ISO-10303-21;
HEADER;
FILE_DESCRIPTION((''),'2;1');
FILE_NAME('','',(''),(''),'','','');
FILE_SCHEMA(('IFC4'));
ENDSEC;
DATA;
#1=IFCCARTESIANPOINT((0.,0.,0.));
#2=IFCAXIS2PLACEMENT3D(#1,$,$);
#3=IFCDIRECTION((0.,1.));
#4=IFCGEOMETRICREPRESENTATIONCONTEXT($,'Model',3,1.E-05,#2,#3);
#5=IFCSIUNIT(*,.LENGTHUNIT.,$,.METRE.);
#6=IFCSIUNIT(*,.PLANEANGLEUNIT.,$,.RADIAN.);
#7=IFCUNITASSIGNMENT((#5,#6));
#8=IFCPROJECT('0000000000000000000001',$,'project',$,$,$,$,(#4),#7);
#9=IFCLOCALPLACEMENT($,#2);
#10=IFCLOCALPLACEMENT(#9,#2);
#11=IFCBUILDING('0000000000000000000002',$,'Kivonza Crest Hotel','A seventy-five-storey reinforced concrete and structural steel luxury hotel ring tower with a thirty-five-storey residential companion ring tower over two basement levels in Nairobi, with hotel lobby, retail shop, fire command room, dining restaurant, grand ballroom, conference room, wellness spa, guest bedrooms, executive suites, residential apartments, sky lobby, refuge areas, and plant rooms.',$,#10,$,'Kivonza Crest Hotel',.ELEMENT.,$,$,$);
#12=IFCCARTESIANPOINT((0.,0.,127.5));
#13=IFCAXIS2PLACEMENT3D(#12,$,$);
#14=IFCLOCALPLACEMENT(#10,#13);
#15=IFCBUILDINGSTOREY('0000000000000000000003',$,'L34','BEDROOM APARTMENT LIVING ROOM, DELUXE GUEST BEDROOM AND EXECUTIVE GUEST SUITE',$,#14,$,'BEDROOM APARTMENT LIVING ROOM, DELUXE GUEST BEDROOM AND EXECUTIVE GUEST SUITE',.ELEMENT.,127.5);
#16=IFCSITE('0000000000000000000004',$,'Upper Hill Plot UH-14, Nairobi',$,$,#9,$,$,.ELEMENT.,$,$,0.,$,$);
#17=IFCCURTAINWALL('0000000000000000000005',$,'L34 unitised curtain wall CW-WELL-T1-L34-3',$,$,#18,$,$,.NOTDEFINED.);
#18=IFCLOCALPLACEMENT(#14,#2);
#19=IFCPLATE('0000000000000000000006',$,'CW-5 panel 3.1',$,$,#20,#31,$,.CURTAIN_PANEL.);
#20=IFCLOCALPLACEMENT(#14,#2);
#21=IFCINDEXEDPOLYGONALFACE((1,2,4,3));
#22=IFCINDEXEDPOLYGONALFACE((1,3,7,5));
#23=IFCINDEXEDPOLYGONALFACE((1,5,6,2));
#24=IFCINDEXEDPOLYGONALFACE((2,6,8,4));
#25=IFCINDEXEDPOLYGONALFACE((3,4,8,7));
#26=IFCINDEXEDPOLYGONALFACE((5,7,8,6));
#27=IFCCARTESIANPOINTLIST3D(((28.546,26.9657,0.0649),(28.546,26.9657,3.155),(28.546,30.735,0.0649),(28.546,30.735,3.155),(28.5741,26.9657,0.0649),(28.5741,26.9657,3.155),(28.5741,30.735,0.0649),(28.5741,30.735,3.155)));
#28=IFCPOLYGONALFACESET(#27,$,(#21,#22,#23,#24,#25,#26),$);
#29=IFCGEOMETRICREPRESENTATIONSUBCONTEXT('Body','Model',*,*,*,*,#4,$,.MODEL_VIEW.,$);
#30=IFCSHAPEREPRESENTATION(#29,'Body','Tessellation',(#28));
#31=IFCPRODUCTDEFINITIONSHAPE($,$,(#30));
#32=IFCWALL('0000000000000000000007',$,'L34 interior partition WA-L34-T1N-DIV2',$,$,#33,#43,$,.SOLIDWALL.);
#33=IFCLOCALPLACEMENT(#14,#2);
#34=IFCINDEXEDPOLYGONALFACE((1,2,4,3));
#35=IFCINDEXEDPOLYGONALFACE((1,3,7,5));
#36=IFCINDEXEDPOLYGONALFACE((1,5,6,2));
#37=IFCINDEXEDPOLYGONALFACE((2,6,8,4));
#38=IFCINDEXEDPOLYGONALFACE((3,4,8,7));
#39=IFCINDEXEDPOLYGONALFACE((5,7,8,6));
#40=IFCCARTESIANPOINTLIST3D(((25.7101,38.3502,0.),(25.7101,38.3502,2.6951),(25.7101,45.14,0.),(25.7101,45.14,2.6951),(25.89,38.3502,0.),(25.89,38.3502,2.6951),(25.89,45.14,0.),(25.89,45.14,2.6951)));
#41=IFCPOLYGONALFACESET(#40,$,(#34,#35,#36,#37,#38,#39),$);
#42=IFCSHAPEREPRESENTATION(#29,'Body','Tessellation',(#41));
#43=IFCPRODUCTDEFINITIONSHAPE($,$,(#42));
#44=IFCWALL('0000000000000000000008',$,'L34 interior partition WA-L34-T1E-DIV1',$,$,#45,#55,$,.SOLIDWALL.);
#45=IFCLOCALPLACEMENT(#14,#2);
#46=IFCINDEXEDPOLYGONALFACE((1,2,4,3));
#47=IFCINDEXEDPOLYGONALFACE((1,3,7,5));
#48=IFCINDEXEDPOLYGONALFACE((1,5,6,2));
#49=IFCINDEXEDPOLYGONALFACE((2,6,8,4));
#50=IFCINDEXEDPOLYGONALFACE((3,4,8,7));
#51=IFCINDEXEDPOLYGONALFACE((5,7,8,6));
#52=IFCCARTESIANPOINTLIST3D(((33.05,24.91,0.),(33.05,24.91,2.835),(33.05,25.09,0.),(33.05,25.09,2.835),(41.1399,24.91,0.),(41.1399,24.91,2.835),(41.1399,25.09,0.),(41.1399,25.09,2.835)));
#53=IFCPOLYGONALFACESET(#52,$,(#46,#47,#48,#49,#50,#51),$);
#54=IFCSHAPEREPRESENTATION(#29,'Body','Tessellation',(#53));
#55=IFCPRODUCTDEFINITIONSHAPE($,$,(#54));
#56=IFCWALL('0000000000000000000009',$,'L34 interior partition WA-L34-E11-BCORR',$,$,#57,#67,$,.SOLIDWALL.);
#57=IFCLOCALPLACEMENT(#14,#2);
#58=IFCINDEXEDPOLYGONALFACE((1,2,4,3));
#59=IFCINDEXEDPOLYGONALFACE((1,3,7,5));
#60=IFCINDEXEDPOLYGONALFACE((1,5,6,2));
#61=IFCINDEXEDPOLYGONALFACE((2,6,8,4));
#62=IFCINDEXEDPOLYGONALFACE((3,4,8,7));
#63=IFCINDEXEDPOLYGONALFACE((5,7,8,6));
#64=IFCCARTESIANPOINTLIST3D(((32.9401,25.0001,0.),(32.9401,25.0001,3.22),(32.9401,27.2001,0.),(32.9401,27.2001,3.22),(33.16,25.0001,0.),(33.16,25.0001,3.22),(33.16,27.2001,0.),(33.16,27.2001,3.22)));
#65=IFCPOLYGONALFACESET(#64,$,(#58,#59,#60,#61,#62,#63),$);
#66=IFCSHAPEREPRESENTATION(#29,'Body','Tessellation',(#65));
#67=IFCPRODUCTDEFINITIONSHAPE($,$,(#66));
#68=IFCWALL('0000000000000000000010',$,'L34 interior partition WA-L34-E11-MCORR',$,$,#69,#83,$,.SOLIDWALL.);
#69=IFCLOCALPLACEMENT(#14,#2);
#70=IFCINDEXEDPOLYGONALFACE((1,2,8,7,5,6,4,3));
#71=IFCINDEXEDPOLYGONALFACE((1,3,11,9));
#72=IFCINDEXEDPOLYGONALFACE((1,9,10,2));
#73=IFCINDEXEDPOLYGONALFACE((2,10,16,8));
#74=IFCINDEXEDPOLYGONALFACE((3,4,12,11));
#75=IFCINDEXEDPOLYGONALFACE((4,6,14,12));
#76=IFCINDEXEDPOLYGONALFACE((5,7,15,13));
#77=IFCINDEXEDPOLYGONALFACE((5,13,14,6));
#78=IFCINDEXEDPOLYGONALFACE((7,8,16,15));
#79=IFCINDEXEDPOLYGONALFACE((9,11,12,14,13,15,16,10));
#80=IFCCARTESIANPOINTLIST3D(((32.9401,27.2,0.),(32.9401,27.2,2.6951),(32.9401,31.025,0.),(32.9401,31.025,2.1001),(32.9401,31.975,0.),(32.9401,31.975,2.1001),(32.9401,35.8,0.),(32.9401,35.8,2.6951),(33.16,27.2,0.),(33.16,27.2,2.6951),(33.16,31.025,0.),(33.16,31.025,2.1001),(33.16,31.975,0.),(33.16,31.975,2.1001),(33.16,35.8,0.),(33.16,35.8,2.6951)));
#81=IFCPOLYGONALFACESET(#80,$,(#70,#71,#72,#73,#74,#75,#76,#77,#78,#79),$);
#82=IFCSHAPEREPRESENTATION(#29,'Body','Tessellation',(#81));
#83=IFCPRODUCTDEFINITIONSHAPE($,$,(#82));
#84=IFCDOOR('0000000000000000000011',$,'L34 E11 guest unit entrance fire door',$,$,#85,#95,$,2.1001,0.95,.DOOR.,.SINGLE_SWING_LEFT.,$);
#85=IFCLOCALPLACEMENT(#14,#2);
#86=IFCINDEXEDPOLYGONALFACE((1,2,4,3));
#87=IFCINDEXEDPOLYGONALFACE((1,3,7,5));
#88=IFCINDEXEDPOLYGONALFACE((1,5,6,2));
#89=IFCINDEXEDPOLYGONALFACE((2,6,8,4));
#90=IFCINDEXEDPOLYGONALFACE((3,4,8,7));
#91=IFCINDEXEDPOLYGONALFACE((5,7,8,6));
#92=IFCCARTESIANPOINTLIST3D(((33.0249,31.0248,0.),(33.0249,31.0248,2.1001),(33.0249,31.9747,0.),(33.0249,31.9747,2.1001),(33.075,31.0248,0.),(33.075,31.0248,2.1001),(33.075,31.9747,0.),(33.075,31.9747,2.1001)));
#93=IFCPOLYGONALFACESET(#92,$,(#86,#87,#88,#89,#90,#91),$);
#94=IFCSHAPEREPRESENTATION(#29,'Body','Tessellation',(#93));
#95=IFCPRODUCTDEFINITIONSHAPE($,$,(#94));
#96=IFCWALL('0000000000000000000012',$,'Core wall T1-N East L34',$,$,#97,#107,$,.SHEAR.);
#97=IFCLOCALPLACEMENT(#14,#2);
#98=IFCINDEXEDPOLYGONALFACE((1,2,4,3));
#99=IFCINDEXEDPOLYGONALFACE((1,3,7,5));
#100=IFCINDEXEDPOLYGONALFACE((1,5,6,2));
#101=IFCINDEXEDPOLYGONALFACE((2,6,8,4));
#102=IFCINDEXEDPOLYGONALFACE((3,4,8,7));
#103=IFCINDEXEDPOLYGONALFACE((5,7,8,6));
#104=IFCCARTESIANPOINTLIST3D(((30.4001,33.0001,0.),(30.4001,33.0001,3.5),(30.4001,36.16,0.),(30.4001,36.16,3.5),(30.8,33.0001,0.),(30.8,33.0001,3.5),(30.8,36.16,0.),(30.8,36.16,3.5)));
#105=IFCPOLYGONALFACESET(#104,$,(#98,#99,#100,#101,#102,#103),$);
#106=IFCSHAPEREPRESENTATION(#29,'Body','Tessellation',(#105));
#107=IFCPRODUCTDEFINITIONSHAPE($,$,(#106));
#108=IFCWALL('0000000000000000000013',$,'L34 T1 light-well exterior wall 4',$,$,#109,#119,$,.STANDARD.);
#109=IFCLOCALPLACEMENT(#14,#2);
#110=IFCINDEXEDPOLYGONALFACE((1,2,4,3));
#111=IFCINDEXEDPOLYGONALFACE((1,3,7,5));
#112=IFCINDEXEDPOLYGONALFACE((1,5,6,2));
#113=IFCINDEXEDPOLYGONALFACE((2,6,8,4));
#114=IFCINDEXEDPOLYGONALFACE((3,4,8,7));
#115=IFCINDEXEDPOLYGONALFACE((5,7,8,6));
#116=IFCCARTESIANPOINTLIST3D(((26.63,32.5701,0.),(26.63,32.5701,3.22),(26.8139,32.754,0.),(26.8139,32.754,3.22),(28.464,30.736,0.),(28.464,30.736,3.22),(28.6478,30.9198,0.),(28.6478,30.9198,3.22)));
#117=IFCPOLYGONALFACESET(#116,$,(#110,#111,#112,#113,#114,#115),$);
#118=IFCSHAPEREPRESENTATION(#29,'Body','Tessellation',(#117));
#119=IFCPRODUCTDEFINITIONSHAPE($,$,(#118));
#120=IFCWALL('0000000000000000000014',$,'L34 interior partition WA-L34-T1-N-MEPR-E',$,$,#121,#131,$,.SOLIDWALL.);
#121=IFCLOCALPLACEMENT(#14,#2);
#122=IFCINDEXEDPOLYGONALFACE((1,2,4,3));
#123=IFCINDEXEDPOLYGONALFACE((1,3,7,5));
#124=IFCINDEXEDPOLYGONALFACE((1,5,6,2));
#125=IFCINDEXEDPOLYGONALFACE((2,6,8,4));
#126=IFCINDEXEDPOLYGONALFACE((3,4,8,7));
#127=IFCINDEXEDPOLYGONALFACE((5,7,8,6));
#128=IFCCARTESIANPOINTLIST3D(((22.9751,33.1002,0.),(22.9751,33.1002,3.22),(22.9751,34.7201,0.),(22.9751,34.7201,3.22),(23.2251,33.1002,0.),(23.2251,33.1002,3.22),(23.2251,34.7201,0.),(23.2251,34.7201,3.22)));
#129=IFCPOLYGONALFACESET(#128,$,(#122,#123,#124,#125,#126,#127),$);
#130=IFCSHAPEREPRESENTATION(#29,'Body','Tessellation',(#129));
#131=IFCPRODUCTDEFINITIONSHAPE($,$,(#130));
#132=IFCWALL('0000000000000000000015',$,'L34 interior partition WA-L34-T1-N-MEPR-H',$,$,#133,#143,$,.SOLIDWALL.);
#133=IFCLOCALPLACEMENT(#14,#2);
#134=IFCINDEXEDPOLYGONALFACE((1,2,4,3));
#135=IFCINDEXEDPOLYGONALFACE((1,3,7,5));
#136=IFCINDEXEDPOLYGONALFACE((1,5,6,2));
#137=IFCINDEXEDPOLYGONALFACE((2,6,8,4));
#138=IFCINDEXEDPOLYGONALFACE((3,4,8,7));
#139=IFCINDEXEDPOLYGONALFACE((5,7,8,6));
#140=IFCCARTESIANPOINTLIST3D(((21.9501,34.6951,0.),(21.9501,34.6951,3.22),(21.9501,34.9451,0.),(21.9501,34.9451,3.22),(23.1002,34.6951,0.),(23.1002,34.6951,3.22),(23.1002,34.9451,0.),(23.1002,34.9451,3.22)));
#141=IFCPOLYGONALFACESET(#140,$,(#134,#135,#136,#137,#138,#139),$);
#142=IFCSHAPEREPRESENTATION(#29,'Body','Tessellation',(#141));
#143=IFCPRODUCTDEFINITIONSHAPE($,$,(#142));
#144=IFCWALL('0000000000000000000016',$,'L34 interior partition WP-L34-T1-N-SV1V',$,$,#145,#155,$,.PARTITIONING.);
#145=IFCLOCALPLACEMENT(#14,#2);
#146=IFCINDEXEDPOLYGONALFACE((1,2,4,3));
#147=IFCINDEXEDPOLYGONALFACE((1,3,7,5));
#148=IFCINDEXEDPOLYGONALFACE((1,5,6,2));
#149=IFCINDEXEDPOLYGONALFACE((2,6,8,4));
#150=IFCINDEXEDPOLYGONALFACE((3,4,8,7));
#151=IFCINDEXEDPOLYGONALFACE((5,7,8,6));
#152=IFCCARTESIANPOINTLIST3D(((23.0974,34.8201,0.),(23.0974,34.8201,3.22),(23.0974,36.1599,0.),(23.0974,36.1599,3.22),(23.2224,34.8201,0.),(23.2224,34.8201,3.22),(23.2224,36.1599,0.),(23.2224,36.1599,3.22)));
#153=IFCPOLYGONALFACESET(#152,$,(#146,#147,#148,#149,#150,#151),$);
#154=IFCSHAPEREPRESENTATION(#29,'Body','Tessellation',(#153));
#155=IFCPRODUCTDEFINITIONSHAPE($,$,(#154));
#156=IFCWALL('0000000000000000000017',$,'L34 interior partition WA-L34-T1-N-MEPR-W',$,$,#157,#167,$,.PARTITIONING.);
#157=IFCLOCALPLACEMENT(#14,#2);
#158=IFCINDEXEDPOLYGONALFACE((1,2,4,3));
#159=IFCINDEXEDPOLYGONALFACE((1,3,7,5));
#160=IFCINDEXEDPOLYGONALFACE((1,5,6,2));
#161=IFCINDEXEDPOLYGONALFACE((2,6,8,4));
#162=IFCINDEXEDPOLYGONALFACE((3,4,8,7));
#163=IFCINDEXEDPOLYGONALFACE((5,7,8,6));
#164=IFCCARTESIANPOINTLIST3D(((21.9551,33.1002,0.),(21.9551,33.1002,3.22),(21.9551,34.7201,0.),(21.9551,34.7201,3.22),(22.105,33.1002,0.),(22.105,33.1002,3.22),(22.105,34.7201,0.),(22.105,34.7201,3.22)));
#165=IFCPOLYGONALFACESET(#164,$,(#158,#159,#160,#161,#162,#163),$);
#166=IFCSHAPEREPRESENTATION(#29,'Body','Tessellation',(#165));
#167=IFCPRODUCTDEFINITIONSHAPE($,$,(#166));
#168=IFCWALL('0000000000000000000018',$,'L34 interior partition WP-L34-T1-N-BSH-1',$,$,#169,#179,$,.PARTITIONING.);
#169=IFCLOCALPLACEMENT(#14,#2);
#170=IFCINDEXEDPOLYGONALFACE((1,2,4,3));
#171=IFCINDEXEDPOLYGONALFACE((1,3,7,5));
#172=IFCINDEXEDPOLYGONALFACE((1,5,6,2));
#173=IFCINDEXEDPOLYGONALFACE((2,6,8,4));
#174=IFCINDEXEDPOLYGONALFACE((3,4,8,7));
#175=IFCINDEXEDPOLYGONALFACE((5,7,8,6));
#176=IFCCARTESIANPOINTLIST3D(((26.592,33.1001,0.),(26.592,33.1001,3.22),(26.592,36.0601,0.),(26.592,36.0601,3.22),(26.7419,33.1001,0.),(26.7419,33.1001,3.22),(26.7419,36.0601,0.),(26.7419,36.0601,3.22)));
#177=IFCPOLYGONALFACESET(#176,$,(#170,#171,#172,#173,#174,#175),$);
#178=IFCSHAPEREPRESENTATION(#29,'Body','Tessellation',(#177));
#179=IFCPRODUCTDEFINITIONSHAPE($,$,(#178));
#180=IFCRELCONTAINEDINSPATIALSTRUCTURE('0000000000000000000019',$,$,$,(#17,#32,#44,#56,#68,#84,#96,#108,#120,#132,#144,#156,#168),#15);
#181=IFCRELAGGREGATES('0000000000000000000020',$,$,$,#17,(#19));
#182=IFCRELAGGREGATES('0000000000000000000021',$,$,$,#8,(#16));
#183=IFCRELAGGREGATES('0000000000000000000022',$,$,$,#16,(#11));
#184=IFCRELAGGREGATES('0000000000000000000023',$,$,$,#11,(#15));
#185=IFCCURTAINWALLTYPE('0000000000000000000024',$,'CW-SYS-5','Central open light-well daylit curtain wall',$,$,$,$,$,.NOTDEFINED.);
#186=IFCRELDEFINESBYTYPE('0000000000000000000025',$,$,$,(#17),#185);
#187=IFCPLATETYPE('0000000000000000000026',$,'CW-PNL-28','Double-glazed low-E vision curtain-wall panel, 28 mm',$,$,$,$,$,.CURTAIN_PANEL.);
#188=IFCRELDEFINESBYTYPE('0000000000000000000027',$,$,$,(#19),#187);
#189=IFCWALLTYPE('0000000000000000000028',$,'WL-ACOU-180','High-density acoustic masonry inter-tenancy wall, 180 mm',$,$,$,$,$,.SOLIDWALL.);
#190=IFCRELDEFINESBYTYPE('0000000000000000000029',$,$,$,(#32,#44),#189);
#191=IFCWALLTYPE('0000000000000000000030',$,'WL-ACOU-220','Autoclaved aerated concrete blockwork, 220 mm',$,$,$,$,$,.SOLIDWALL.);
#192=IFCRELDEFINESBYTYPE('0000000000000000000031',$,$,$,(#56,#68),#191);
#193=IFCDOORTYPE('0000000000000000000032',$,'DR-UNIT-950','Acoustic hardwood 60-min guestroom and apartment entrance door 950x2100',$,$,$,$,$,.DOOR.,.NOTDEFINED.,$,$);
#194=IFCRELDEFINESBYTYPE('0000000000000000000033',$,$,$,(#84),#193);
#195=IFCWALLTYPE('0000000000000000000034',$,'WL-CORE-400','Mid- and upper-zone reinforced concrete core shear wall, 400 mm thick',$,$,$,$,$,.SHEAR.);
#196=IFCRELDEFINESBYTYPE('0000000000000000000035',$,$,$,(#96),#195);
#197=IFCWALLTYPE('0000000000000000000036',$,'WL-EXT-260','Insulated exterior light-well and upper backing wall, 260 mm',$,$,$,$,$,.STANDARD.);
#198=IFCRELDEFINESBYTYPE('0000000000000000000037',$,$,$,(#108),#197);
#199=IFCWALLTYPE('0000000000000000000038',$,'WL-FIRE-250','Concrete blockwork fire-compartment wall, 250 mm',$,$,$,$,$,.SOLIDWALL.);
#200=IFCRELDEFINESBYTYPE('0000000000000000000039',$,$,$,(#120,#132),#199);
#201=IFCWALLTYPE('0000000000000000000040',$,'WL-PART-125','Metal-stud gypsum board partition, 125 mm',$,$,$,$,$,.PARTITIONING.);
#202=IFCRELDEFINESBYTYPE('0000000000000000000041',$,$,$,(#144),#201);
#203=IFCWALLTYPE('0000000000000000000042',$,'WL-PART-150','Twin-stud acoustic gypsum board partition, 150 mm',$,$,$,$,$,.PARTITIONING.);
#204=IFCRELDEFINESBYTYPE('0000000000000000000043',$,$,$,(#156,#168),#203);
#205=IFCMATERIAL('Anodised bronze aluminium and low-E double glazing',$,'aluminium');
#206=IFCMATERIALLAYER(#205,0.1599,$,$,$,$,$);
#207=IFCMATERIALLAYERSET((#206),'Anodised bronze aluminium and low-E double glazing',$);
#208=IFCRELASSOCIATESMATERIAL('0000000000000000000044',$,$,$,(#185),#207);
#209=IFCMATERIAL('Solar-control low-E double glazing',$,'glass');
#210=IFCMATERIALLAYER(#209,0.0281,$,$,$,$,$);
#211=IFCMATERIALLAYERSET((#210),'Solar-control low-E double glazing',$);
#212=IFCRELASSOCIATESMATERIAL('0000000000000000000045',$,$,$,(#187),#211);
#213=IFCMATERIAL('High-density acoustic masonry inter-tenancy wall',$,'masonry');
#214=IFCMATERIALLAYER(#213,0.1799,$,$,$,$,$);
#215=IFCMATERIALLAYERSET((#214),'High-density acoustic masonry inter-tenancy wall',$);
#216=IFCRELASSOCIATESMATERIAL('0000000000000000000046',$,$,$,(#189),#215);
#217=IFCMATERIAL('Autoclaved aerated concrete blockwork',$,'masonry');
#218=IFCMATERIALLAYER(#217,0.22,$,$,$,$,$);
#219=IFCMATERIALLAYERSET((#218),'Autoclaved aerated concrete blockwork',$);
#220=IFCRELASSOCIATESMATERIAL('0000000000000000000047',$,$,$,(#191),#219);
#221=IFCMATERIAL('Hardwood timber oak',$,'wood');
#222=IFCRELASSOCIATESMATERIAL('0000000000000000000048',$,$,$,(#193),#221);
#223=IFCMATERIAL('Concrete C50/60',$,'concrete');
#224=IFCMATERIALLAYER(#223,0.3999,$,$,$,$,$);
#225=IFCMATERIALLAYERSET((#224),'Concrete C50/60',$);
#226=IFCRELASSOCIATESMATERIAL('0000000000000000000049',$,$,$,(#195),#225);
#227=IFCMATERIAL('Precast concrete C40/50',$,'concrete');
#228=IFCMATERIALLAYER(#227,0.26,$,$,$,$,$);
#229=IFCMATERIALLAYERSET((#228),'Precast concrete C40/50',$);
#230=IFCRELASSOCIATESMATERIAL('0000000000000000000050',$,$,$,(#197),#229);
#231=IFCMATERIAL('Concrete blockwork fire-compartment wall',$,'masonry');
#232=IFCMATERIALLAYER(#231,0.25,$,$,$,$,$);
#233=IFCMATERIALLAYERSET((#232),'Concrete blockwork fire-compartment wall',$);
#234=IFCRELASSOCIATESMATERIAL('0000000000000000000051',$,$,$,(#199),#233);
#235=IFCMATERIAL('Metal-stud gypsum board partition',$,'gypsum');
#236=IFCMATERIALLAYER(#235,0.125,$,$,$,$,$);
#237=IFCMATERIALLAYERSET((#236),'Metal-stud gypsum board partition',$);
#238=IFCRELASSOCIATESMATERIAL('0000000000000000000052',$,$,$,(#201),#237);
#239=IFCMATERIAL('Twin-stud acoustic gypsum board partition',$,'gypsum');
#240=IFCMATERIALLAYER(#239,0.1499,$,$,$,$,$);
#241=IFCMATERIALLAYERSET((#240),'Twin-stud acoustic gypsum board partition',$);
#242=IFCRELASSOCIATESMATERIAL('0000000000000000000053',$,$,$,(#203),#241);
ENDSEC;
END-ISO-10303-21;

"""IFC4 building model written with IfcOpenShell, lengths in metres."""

from ifc_helpers import new_model, si_unit, direction, frame, frame_2d, origin, origin_2d, place, context, subcontext, project, spatial, rectangle, extrude, material, layer, layer_set, type_object, element, fill, aggregate, save


model = new_model("IFC4")

# Units and contexts
model_context = context("Model", 3, precision=1e-05, world=origin(), true_north=direction((0.0, 1.0)))
body_context = subcontext(model_context, "Body", "Model", "MODEL_VIEW")
ifc_project = project(units=[si_unit("LENGTHUNIT", "METRE"), si_unit("PLANEANGLEUNIT", "RADIAN")], contexts=[model_context])

# Site, building, storey
site_placement = place(None, origin())
site = spatial("IfcSite", under=ifc_project, at=site_placement, Name="Upper Hill Plot UH-14, Nairobi", CompositionType="ELEMENT", RefElevation=0.0)
building_placement = place(site_placement, origin())
building = spatial("IfcBuilding", under=site, at=building_placement, Name="Kivonza Crest Hotel", Description="A seventy-five-storey reinforced concrete and structural steel luxury hotel ring tower with a thirty-five-storey residential companion ring tower over two basement levels in Nairobi, with hotel lobby, retail shop, fire command room, dining restaurant, grand ballroom, conference room, wellness spa, guest bedrooms, executive suites, residential apartments, sky lobby, refuge areas, and plant rooms.", LongName="Kivonza Crest Hotel", CompositionType="ELEMENT")
storey_placement = place(building_placement, frame((0.0, 0.0, 127.5)))
storey = spatial("IfcBuildingStorey", under=building, at=storey_placement, Name="L34", Description="BEDROOM APARTMENT LIVING ROOM, DELUXE GUEST BEDROOM AND EXECUTIVE GUEST SUITE", LongName="BEDROOM APARTMENT LIVING ROOM, DELUXE GUEST BEDROOM AND EXECUTIVE GUEST SUITE", CompositionType="ELEMENT", Elevation=127.5)

# Shared definitions
ifc_material_1 = material(Name="Concrete C50/60", Category="concrete")

# Curtain wall, plate
ifc_material_2 = material(Name="Anodised bronze aluminium and low-E double glazing", Category="aluminium")
ifc_layer_1 = layer(ifc_material_2, 0.1599)
ifc_layer_set_1 = layer_set([ifc_layer_1], Name="Anodised bronze aluminium and low-E double glazing")
curtain_wall_type = type_object("IfcCurtainWallType", Name="CW-SYS-5", Description="Central open light-well daylit curtain wall", PredefinedType="NOTDEFINED", material=ifc_layer_set_1)
curtain_wall_placement = place(storey_placement, origin())
curtain_wall = element("IfcCurtainWall", 1, at=curtain_wall_placement, inside=storey, type_object=curtain_wall_type, Name="L34 unitised curtain wall CW-WELL-T1-L34-3", PredefinedType="NOTDEFINED")
ifc_material_3 = material(Name="Solar-control low-E double glazing", Category="glass")
ifc_layer_2 = layer(ifc_material_3, 0.0281)
ifc_layer_set_2 = layer_set([ifc_layer_2], Name="Solar-control low-E double glazing")
plate_type = type_object("IfcPlateType", Name="CW-PNL-28", Description="Double-glazed low-E vision curtain-wall panel, 28 mm", PredefinedType="CURTAIN_PANEL", material=ifc_layer_set_2)
plate_1_placement = place(storey_placement, frame((28.5601, 28.8503, 0.0649), z_axis=(0.0, 0.0, 1.0), x_axis=(0.0, 1.0, 0.0)))
plate_1 = element("IfcPlate", 2, at=plate_1_placement, type_object=plate_type, Name="CW-5 panel 3.1", PredefinedType="CURTAIN_PANEL", context=body_context, shape_type="SweptSolid", body=[
    extrude(rectangle(XDim=3.7693, YDim=0.0281, at=origin_2d()), origin(), (0.0, 0.0, 1.0), 3.0901),
])
aggregate(curtain_wall, [plate_1])

# Walls
ifc_material_4 = material(Name="High-density acoustic masonry inter-tenancy wall", Category="masonry")
ifc_layer_3 = layer(ifc_material_4, 0.1799)
ifc_layer_set_3 = layer_set([ifc_layer_3], Name="High-density acoustic masonry inter-tenancy wall")
wall_type_1 = type_object("IfcWallType", Name="WL-ACOU-180", Description="High-density acoustic masonry inter-tenancy wall, 180 mm", PredefinedType="SOLIDWALL", material=ifc_layer_set_3)
wall_1_placement = place(storey_placement, frame((25.8, 38.3501, 0.0), z_axis=(0.0, 0.0, 1.0), x_axis=(0.0, 1.0, 0.0)))
element("IfcWall", 3, at=wall_1_placement, inside=storey, type_object=wall_type_1, Name="L34 interior partition WA-L34-T1N-DIV2", PredefinedType="SOLIDWALL", context=body_context, shape_type="SweptSolid", body=[
    extrude(rectangle(XDim=6.7898, YDim=0.1799, at=frame_2d((3.395, 0.0))), origin(), (0.0, 0.0, 1.0), 2.6951),
])
wall_2_placement = place(storey_placement, frame((33.05, 25.0, 0.0), z_axis=(0.0, 0.0, 1.0), x_axis=(1.0, 0.0, 0.0)))
element("IfcWall", 4, at=wall_2_placement, inside=storey, type_object=wall_type_1, Name="L34 interior partition WA-L34-T1E-DIV1", PredefinedType="SOLIDWALL", context=body_context, shape_type="SweptSolid", body=[
    extrude(rectangle(XDim=8.0898, YDim=0.1799, at=frame_2d((4.0449, 0.0))), origin(), (0.0, 0.0, 1.0), 2.835),
])
ifc_material_5 = material(Name="Autoclaved aerated concrete blockwork", Category="masonry")
ifc_layer_4 = layer(ifc_material_5, 0.22)
ifc_layer_set_4 = layer_set([ifc_layer_4], Name="Autoclaved aerated concrete blockwork")
wall_type_2 = type_object("IfcWallType", Name="WL-ACOU-220", Description="Autoclaved aerated concrete blockwork, 220 mm", PredefinedType="SOLIDWALL", material=ifc_layer_set_4)
wall_3_placement = place(storey_placement, frame((33.05, 25.0, 0.0), z_axis=(0.0, 0.0, 1.0), x_axis=(0.0, 1.0, 0.0)))
element("IfcWall", 5, at=wall_3_placement, inside=storey, type_object=wall_type_2, Name="L34 interior partition WA-L34-E11-BCORR", PredefinedType="SOLIDWALL", context=body_context, shape_type="SweptSolid", body=[
    extrude(rectangle(XDim=2.2, YDim=0.22, at=frame_2d((1.1001, 0.0))), origin(), (0.0, 0.0, 1.0), 3.22),
])

# Wall, opening, door
wall_4_placement = place(storey_placement, frame((33.05, 27.2, 0.0), z_axis=(0.0, 0.0, 1.0), x_axis=(0.0, 1.0, 0.0)))
wall_4 = element("IfcWall", 6, at=wall_4_placement, inside=storey, type_object=wall_type_2, Name="L34 interior partition WA-L34-E11-MCORR", PredefinedType="SOLIDWALL", context=body_context, shape_type="SweptSolid", body=[
    extrude(rectangle(XDim=8.6001, YDim=0.22, at=frame_2d((4.3, 0.0))), origin(), (0.0, 0.0, 1.0), 2.6951),
])
opening_1_placement = place(wall_4_placement, frame((3.825, 0.0, 0.0)))
opening_1 = element("IfcOpeningElement", 7, at=opening_1_placement, cuts=wall_4, PredefinedType="OPENING", context=body_context, shape_type="SweptSolid", body=[
    extrude(rectangle(XDim=0.95, YDim=2.1001, at=frame_2d((0.4751, 1.05))), frame((0.0, 0.1201, 0.0), z_axis=(0.0, -1.0, 0.0), x_axis=(1.0, 0.0, 0.0)), (0.0, 0.0, 1.0), 0.24),
])
ifc_material_6 = material(Name="Hardwood timber oak", Category="wood")
door_type_1 = type_object("IfcDoorType", Name="DR-UNIT-950", Description="Acoustic hardwood 60-min guestroom and apartment entrance door 950x2100", OperationType="NOTDEFINED", PredefinedType="DOOR", material=ifc_material_6)
door_1_placement = place(opening_1_placement, frame((0.95, 0.0, 0.0), z_axis=(0.0, 0.0, 1.0), x_axis=(-1.0, 0.0, 0.0)))
door_1 = element("IfcDoor", 8, at=door_1_placement, inside=storey, type_object=door_type_1, Name="L34 E11 guest unit entrance fire door", OperationType="SINGLE_SWING_LEFT", OverallHeight=2.1001, OverallWidth=0.95, PredefinedType="DOOR", context=body_context, shape_type="SweptSolid", body=[
    extrude(rectangle(XDim=0.95, YDim=2.1001, at=frame_2d((0.4751, 1.05))), frame((0.0, 0.0249, 0.0), z_axis=(0.0, -1.0, 0.0), x_axis=(1.0, 0.0, 0.0)), (0.0, 0.0, 1.0), 0.05),
])
fill(opening_1, door_1)

# Walls
ifc_layer_5 = layer(ifc_material_1, 0.3999)
ifc_layer_set_5 = layer_set([ifc_layer_5], Name="Concrete C50/60")
wall_type_3 = type_object("IfcWallType", Name="WL-CORE-400", Description="Mid- and upper-zone reinforced concrete core shear wall, 400 mm thick", PredefinedType="SHEAR", material=ifc_layer_set_5)
wall_5_placement = place(storey_placement, frame((30.6001, 33.0, 0.0), z_axis=(0.0, 0.0, 1.0), x_axis=(0.0, 1.0, 0.0)))
element("IfcWall", 9, at=wall_5_placement, inside=storey, type_object=wall_type_3, Name="Core wall T1-N East L34", PredefinedType="SHEAR", context=body_context, shape_type="SweptSolid", body=[
    extrude(rectangle(XDim=3.1599, YDim=0.3999, at=frame_2d((1.5801, 0.0))), origin(), (0.0, 0.0, 1.0), 3.5),
])
ifc_material_7 = material(Name="Precast concrete C40/50", Category="concrete")
ifc_layer_6 = layer(ifc_material_7, 0.26)
ifc_layer_set_6 = layer_set([ifc_layer_6], Name="Precast concrete C40/50")
wall_type_4 = type_object("IfcWallType", Name="WL-EXT-260", Description="Insulated exterior light-well and upper backing wall, 260 mm", PredefinedType="STANDARD", material=ifc_layer_set_6)
wall_6_placement = place(storey_placement, frame((28.5559, 30.8279, 0.0), z_axis=(0.0, 0.0, 1.0), x_axis=(-0.70706, 0.707154, 0.0)))
element("IfcWall", 10, at=wall_6_placement, inside=storey, type_object=wall_type_4, Name="L34 T1 light-well exterior wall 4", PredefinedType="STANDARD", context=body_context, shape_type="SweptSolid", body=[
    extrude(rectangle(XDim=2.5938, YDim=0.26, at=frame_2d((1.2969, 0.0))), origin(), (0.0, 0.0, 1.0), 3.22),
])
ifc_material_8 = material(Name="Concrete blockwork fire-compartment wall", Category="masonry")
ifc_layer_7 = layer(ifc_material_8, 0.25)
ifc_layer_set_7 = layer_set([ifc_layer_7], Name="Concrete blockwork fire-compartment wall")
wall_type_5 = type_object("IfcWallType", Name="WL-FIRE-250", Description="Concrete blockwork fire-compartment wall, 250 mm", PredefinedType="SOLIDWALL", material=ifc_layer_set_7)
wall_7_placement = place(storey_placement, frame((23.1001, 33.1001, 0.0), z_axis=(0.0, 0.0, 1.0), x_axis=(0.0, 1.0, 0.0)))
element("IfcWall", 11, at=wall_7_placement, inside=storey, type_object=wall_type_5, Name="L34 interior partition WA-L34-T1-N-MEPR-E", PredefinedType="SOLIDWALL", context=body_context, shape_type="SweptSolid", body=[
    extrude(rectangle(XDim=1.6199, YDim=0.25, at=frame_2d((0.8101, 0.0))), origin(), (0.0, 0.0, 1.0), 3.22),
])
wall_8_placement = place(storey_placement, frame((21.95, 34.8201, 0.0), z_axis=(0.0, 0.0, 1.0), x_axis=(1.0, 0.0, 0.0)))
element("IfcWall", 12, at=wall_8_placement, inside=storey, type_object=wall_type_5, Name="L34 interior partition WA-L34-T1-N-MEPR-H", PredefinedType="SOLIDWALL", context=body_context, shape_type="SweptSolid", body=[
    extrude(rectangle(XDim=1.1501, YDim=0.25, at=frame_2d((0.5752, 0.0))), origin(), (0.0, 0.0, 1.0), 3.22),
])
ifc_material_9 = material(Name="Metal-stud gypsum board partition", Category="gypsum")
ifc_layer_8 = layer(ifc_material_9, 0.125)
ifc_layer_set_8 = layer_set([ifc_layer_8], Name="Metal-stud gypsum board partition")
wall_type_6 = type_object("IfcWallType", Name="WL-PART-125", Description="Metal-stud gypsum board partition, 125 mm", PredefinedType="PARTITIONING", material=ifc_layer_set_8)
wall_9_placement = place(storey_placement, frame((23.1599, 34.8201, 0.0), z_axis=(0.0, 0.0, 1.0), x_axis=(0.0, 1.0, 0.0)))
element("IfcWall", 13, at=wall_9_placement, inside=storey, type_object=wall_type_6, Name="L34 interior partition WP-L34-T1-N-SV1V", PredefinedType="PARTITIONING", context=body_context, shape_type="SweptSolid", body=[
    extrude(rectangle(XDim=1.3398, YDim=0.125, at=frame_2d((0.6699, 0.0))), origin(), (0.0, 0.0, 1.0), 3.22),
])
ifc_material_10 = material(Name="Twin-stud acoustic gypsum board partition", Category="gypsum")
ifc_layer_9 = layer(ifc_material_10, 0.1499)
ifc_layer_set_9 = layer_set([ifc_layer_9], Name="Twin-stud acoustic gypsum board partition")
wall_type_7 = type_object("IfcWallType", Name="WL-PART-150", Description="Twin-stud acoustic gypsum board partition, 150 mm", PredefinedType="PARTITIONING", material=ifc_layer_set_9)
wall_10_placement = place(storey_placement, frame((22.03, 33.1001, 0.0), z_axis=(0.0, 0.0, 1.0), x_axis=(0.0, 1.0, 0.0)))
element("IfcWall", 14, at=wall_10_placement, inside=storey, type_object=wall_type_7, Name="L34 interior partition WA-L34-T1-N-MEPR-W", PredefinedType="PARTITIONING", context=body_context, shape_type="SweptSolid", body=[
    extrude(rectangle(XDim=1.6199, YDim=0.1499, at=frame_2d((0.8101, 0.0))), origin(), (0.0, 0.0, 1.0), 3.22),
])
wall_11_placement = place(storey_placement, frame((26.667, 33.1001, 0.0), z_axis=(0.0, 0.0, 1.0), x_axis=(0.0, 1.0, 0.0)))
element("IfcWall", 15, at=wall_11_placement, inside=storey, type_object=wall_type_7, Name="L34 interior partition WP-L34-T1-N-BSH-1", PredefinedType="PARTITIONING", context=body_context, shape_type="SweptSolid", body=[
    extrude(rectangle(XDim=2.96, YDim=0.1499, at=frame_2d((1.48, 0.0))), origin(), (0.0, 0.0, 1.0), 3.22),
])

save(model, "model.ifc")
